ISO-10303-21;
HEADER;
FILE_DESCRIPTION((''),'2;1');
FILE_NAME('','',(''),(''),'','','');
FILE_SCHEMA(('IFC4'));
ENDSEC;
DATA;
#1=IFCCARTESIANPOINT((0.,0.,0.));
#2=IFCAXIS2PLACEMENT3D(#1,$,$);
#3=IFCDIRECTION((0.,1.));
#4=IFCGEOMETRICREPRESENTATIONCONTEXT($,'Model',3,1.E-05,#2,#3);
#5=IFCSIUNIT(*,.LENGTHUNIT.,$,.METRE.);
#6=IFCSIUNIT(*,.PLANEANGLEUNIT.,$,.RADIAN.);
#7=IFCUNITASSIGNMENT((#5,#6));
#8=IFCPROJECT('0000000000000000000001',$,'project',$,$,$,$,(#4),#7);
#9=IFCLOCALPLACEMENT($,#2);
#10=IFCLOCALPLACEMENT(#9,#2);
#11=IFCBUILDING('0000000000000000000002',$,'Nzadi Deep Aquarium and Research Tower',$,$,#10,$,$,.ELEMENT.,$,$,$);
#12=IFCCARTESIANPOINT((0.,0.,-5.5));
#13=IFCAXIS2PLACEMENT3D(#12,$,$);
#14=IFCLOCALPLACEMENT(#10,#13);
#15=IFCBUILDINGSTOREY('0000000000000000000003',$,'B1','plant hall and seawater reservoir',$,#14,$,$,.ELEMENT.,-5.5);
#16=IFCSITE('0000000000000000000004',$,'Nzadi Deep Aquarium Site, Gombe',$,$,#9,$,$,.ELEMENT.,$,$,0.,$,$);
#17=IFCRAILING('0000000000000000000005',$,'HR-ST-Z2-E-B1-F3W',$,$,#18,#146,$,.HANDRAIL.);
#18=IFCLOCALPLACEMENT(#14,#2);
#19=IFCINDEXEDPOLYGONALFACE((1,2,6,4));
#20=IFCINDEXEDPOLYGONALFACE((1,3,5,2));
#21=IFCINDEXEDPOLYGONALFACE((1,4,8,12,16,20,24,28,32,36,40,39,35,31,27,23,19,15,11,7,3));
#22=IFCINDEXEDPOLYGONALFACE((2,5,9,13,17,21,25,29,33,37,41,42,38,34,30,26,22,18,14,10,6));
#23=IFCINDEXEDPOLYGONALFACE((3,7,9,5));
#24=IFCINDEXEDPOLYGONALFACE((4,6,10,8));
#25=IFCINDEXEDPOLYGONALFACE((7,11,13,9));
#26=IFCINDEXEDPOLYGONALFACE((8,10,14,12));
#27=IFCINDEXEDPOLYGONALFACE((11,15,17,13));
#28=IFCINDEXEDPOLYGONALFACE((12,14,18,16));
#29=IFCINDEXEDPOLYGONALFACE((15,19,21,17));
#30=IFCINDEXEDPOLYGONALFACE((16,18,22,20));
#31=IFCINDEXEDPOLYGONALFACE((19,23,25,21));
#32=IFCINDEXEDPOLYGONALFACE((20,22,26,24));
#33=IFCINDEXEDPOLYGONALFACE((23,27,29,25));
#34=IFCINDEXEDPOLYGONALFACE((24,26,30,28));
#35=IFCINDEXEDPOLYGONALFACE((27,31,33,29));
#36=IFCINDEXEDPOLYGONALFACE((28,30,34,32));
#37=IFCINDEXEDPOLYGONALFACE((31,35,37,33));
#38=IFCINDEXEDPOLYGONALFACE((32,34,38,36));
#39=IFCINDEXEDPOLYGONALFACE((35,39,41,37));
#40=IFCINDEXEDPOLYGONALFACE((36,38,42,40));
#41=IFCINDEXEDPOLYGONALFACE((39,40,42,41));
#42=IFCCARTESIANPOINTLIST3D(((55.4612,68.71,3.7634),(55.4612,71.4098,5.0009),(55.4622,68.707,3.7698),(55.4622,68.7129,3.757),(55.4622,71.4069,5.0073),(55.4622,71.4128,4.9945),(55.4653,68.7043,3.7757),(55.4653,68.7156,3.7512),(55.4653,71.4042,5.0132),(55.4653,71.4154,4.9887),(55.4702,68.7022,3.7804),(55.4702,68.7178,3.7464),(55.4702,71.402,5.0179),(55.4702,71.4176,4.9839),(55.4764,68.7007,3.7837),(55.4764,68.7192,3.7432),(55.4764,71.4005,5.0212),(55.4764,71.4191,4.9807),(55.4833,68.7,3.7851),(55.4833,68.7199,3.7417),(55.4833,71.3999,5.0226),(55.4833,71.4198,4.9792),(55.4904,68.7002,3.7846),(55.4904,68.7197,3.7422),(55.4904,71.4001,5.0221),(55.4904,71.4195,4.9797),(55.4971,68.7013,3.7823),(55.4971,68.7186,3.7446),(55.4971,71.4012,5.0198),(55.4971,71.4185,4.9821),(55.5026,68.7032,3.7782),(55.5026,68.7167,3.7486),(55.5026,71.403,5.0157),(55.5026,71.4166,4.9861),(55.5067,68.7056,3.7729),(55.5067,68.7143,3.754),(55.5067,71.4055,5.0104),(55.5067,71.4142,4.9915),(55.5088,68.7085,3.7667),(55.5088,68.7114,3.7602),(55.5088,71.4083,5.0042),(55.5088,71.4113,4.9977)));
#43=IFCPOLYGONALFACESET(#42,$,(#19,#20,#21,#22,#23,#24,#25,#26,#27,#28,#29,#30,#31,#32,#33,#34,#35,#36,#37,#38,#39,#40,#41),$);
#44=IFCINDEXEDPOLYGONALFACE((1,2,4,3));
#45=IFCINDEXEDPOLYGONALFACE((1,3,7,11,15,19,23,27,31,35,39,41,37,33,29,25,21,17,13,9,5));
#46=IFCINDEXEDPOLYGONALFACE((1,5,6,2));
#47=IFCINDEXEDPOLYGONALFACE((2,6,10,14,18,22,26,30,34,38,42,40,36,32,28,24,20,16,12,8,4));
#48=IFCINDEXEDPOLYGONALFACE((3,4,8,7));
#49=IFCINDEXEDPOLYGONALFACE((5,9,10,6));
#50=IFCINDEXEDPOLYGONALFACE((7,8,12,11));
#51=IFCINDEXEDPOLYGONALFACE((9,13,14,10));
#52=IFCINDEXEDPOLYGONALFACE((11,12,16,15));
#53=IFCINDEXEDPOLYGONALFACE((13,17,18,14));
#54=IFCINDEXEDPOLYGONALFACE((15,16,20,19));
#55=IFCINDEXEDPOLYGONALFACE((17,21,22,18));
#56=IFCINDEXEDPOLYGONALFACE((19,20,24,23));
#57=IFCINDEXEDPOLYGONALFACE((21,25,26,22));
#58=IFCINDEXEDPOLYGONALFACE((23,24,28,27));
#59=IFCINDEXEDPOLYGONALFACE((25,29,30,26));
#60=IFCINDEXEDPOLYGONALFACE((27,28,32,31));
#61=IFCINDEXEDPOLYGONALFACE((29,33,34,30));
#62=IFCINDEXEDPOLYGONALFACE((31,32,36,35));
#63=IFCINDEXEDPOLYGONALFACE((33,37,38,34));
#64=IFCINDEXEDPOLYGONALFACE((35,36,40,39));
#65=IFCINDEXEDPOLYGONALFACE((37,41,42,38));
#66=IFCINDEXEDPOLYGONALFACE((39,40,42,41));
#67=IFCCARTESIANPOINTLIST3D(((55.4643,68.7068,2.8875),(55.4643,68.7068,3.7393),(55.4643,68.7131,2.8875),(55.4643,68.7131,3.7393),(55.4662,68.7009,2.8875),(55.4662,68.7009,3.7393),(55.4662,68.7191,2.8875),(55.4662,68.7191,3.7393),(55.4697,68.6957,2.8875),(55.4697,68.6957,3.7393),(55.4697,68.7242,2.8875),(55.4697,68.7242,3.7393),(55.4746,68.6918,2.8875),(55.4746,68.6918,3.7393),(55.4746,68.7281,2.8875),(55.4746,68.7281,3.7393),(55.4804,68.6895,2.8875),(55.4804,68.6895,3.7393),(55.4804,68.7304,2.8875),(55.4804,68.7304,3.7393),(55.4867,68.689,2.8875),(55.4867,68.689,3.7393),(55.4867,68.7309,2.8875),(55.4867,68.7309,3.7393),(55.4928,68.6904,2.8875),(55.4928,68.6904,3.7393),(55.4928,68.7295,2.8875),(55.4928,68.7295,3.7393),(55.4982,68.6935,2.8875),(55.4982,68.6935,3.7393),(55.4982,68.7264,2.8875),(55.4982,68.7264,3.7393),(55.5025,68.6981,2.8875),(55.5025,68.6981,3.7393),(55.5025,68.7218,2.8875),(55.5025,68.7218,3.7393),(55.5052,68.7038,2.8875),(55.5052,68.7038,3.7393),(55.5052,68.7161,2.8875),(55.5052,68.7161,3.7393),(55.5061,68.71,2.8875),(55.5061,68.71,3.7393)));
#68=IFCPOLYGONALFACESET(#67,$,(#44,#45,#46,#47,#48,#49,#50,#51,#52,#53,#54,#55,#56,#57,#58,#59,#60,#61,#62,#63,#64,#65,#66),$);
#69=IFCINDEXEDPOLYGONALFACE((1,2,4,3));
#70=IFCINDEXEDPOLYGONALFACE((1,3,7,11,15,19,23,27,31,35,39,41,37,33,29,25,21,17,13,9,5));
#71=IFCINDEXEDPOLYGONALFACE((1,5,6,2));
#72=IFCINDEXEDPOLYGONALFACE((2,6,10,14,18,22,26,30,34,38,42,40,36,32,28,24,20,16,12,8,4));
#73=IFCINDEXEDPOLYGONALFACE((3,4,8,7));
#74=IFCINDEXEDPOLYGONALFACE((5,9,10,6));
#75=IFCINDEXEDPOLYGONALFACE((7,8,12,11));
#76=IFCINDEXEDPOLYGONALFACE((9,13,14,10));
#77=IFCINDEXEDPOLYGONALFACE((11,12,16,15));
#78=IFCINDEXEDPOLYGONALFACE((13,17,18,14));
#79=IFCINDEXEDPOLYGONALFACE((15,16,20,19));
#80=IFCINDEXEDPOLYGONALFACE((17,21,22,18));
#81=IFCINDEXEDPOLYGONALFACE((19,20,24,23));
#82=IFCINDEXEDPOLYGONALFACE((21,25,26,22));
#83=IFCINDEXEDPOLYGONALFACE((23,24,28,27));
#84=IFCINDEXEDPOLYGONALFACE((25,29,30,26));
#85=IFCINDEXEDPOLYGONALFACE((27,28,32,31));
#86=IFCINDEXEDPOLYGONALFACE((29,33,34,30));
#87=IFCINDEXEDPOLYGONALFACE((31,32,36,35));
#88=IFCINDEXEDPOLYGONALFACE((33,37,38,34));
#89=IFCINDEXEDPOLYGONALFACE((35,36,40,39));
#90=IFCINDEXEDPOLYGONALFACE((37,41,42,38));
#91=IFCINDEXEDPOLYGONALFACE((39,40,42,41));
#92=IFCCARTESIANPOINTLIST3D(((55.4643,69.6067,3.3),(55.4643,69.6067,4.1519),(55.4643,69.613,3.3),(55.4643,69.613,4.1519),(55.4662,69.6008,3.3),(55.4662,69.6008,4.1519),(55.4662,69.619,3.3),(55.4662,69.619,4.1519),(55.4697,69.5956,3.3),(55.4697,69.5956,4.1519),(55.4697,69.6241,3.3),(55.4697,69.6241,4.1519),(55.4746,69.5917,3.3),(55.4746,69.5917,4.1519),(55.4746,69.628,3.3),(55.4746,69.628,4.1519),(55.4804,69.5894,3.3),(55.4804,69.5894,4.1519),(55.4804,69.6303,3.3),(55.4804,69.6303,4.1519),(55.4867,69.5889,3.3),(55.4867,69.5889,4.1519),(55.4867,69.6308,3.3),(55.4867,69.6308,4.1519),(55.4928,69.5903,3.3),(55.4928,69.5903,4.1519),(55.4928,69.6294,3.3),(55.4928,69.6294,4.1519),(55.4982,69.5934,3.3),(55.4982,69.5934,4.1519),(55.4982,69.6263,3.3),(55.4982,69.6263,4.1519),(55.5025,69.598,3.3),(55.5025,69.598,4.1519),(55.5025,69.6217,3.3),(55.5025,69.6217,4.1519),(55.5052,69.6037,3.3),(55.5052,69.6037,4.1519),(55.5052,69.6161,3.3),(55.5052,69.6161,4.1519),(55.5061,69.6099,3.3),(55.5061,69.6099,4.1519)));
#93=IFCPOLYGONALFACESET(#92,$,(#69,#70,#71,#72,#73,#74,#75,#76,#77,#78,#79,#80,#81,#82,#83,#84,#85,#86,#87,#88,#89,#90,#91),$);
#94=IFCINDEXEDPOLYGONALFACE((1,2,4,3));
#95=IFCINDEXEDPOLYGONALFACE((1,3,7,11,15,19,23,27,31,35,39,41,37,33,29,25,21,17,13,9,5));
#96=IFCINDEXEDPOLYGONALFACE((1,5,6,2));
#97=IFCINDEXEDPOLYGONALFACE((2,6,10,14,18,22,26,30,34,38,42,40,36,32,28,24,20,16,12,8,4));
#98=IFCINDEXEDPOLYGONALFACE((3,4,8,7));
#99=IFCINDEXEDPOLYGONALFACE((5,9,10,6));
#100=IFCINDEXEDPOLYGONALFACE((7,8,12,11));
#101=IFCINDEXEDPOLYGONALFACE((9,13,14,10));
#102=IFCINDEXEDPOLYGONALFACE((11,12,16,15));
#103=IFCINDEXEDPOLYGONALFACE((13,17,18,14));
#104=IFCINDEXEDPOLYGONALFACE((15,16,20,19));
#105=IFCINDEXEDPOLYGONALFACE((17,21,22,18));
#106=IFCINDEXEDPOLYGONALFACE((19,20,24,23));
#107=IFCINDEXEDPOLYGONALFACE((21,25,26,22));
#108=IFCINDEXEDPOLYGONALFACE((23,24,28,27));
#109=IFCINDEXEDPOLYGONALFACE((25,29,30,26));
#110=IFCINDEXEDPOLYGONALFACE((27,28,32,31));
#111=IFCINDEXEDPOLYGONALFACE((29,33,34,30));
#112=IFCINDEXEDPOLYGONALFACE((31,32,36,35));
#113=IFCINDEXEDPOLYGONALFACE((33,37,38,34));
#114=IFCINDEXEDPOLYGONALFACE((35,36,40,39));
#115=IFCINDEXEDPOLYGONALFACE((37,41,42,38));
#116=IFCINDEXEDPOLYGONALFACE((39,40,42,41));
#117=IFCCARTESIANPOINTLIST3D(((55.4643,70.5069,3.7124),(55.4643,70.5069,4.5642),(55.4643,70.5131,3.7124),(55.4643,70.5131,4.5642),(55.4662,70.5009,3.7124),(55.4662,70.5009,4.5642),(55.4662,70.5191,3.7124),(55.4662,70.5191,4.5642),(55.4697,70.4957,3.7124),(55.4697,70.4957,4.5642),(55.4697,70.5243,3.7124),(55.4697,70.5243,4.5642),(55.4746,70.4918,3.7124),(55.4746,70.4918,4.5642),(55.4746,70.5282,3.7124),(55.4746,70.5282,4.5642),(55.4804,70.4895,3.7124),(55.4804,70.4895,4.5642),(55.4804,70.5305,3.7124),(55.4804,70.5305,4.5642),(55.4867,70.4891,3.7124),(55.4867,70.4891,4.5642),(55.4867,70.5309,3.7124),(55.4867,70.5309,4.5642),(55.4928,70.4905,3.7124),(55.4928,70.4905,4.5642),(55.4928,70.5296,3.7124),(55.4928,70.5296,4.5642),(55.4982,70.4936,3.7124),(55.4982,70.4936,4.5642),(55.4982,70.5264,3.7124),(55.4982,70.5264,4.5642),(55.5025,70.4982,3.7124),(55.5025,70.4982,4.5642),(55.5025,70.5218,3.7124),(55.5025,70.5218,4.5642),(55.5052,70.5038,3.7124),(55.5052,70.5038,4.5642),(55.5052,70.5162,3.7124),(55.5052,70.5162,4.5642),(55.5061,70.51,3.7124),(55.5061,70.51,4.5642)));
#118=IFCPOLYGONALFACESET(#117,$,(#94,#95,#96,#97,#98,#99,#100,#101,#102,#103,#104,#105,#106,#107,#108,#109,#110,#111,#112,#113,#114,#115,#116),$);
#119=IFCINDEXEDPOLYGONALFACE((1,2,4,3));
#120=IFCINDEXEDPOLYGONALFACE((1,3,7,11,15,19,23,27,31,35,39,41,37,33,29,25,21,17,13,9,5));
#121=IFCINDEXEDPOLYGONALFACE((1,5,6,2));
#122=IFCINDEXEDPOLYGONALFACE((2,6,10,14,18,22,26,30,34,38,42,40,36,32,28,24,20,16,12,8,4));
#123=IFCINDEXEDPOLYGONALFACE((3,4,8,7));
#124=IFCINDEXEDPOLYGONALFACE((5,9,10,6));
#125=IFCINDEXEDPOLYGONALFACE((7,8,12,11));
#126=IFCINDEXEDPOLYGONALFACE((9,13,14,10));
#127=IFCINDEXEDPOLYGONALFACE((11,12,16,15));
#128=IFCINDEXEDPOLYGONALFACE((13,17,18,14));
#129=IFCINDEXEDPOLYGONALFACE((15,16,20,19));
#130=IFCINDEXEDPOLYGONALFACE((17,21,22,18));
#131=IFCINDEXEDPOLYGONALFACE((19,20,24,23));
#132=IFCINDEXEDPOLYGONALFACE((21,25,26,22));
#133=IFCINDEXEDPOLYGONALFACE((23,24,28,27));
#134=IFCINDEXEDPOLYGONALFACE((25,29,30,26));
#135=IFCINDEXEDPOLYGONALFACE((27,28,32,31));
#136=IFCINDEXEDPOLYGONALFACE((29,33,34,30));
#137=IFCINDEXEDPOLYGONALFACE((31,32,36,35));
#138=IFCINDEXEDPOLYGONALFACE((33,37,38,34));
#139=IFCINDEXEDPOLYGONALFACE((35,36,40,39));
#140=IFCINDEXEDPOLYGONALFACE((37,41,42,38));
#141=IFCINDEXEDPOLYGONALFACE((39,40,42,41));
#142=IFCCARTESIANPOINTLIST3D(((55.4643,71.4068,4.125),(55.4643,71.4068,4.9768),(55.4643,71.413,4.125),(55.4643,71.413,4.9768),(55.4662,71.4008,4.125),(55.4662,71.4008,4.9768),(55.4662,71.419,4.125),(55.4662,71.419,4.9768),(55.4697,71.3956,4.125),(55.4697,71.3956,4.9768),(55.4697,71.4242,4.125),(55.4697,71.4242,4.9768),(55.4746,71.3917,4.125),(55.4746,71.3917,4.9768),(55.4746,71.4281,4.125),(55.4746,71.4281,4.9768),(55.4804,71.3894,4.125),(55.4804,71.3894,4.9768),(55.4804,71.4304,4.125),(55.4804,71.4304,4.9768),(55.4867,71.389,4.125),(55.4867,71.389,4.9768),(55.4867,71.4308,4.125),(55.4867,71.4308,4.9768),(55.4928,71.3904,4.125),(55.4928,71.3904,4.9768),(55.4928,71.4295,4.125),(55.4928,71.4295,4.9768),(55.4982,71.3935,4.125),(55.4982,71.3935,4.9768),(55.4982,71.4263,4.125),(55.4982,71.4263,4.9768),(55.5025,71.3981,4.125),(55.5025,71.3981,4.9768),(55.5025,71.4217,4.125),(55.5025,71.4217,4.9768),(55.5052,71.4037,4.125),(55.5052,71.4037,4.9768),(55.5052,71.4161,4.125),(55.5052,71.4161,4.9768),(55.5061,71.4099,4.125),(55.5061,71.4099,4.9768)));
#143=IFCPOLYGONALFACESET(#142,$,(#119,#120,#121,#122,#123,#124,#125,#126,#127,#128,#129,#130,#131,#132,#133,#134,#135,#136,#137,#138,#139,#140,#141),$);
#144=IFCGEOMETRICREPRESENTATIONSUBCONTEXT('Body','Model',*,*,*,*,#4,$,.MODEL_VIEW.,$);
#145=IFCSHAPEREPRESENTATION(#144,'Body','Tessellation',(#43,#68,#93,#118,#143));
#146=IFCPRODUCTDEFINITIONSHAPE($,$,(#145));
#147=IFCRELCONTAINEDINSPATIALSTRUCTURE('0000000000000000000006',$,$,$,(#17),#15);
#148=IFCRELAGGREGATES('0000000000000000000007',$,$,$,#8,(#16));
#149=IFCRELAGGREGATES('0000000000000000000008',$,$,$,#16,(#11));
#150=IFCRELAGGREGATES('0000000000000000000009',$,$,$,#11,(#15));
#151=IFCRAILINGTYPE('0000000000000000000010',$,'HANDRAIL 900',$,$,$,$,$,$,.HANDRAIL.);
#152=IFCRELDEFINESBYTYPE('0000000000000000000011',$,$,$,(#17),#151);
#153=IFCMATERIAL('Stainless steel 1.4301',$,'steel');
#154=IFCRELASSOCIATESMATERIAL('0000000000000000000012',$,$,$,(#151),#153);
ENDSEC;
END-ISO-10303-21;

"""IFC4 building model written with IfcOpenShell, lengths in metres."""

from ifc_helpers import new_model, si_unit, direction, frame, origin, origin_2d, place, context, subcontext, project, spatial, circle, extrude, material, type_object, element, save


model = new_model("IFC4")

# Units and contexts
model_context = context("Model", 3, precision=1e-05, world=origin(), true_north=direction((0.0, 1.0)))
body_context = subcontext(model_context, "Body", "Model", "MODEL_VIEW")
ifc_project = project(units=[si_unit("LENGTHUNIT", "METRE"), si_unit("PLANEANGLEUNIT", "RADIAN")], contexts=[model_context])

# Site, building, storey
site_placement = place(None, origin())
site = spatial("IfcSite", under=ifc_project, at=site_placement, Name="Nzadi Deep Aquarium Site, Gombe", CompositionType="ELEMENT", RefElevation=0.0)
building_placement = place(site_placement, origin())
building = spatial("IfcBuilding", under=site, at=building_placement, Name="Nzadi Deep Aquarium and Research Tower", CompositionType="ELEMENT")
storey_placement = place(building_placement, frame((0.0, 0.0, -5.5)))
storey = spatial("IfcBuildingStorey", under=building, at=storey_placement, Name="B1", Description="plant hall and seawater reservoir", CompositionType="ELEMENT", Elevation=-5.5)

# Railing
ifc_material_1 = material(Name="Stainless steel 1.4301", Category="steel")
railing_type = type_object("IfcRailingType", Name="HANDRAIL 900", PredefinedType="HANDRAIL", material=ifc_material_1)
for number, where, name in (
    (1, (55.4851, 68.71, 2.8875), "HR-ST-Z2-E-B1-F3W"),
):
    element("IfcRailing", number, at=place(storey_placement, frame(where)), inside=storey, type_object=railing_type, Name=name, PredefinedType="HANDRAIL", context=body_context, shape_type="SweptSolid", body=[
        extrude(circle(Radius=0.0239, at=origin_2d()), frame((0.0, 0.0, 0.876), z_axis=(0.0, 0.909056, 0.416675), x_axis=(-1.0, 0.0, 0.0)), (0.0, 0.0, 1.0), 2.97),
        extrude(circle(Radius=0.021, at=origin_2d()), origin(), (0.0, 0.0, 1.0), 0.8518),
        extrude(circle(Radius=0.021, at=origin_2d()), frame((0.0, 0.8999, 0.4126)), (0.0, 0.0, 1.0), 0.8518),
        extrude(circle(Radius=0.021, at=origin_2d()), frame((0.0, 1.8, 0.825)), (0.0, 0.0, 1.0), 0.8518),
        extrude(circle(Radius=0.021, at=origin_2d()), frame((0.0, 2.7, 1.2375)), (0.0, 0.0, 1.0), 0.8518),
    ])

save(model, "model.ifc")
